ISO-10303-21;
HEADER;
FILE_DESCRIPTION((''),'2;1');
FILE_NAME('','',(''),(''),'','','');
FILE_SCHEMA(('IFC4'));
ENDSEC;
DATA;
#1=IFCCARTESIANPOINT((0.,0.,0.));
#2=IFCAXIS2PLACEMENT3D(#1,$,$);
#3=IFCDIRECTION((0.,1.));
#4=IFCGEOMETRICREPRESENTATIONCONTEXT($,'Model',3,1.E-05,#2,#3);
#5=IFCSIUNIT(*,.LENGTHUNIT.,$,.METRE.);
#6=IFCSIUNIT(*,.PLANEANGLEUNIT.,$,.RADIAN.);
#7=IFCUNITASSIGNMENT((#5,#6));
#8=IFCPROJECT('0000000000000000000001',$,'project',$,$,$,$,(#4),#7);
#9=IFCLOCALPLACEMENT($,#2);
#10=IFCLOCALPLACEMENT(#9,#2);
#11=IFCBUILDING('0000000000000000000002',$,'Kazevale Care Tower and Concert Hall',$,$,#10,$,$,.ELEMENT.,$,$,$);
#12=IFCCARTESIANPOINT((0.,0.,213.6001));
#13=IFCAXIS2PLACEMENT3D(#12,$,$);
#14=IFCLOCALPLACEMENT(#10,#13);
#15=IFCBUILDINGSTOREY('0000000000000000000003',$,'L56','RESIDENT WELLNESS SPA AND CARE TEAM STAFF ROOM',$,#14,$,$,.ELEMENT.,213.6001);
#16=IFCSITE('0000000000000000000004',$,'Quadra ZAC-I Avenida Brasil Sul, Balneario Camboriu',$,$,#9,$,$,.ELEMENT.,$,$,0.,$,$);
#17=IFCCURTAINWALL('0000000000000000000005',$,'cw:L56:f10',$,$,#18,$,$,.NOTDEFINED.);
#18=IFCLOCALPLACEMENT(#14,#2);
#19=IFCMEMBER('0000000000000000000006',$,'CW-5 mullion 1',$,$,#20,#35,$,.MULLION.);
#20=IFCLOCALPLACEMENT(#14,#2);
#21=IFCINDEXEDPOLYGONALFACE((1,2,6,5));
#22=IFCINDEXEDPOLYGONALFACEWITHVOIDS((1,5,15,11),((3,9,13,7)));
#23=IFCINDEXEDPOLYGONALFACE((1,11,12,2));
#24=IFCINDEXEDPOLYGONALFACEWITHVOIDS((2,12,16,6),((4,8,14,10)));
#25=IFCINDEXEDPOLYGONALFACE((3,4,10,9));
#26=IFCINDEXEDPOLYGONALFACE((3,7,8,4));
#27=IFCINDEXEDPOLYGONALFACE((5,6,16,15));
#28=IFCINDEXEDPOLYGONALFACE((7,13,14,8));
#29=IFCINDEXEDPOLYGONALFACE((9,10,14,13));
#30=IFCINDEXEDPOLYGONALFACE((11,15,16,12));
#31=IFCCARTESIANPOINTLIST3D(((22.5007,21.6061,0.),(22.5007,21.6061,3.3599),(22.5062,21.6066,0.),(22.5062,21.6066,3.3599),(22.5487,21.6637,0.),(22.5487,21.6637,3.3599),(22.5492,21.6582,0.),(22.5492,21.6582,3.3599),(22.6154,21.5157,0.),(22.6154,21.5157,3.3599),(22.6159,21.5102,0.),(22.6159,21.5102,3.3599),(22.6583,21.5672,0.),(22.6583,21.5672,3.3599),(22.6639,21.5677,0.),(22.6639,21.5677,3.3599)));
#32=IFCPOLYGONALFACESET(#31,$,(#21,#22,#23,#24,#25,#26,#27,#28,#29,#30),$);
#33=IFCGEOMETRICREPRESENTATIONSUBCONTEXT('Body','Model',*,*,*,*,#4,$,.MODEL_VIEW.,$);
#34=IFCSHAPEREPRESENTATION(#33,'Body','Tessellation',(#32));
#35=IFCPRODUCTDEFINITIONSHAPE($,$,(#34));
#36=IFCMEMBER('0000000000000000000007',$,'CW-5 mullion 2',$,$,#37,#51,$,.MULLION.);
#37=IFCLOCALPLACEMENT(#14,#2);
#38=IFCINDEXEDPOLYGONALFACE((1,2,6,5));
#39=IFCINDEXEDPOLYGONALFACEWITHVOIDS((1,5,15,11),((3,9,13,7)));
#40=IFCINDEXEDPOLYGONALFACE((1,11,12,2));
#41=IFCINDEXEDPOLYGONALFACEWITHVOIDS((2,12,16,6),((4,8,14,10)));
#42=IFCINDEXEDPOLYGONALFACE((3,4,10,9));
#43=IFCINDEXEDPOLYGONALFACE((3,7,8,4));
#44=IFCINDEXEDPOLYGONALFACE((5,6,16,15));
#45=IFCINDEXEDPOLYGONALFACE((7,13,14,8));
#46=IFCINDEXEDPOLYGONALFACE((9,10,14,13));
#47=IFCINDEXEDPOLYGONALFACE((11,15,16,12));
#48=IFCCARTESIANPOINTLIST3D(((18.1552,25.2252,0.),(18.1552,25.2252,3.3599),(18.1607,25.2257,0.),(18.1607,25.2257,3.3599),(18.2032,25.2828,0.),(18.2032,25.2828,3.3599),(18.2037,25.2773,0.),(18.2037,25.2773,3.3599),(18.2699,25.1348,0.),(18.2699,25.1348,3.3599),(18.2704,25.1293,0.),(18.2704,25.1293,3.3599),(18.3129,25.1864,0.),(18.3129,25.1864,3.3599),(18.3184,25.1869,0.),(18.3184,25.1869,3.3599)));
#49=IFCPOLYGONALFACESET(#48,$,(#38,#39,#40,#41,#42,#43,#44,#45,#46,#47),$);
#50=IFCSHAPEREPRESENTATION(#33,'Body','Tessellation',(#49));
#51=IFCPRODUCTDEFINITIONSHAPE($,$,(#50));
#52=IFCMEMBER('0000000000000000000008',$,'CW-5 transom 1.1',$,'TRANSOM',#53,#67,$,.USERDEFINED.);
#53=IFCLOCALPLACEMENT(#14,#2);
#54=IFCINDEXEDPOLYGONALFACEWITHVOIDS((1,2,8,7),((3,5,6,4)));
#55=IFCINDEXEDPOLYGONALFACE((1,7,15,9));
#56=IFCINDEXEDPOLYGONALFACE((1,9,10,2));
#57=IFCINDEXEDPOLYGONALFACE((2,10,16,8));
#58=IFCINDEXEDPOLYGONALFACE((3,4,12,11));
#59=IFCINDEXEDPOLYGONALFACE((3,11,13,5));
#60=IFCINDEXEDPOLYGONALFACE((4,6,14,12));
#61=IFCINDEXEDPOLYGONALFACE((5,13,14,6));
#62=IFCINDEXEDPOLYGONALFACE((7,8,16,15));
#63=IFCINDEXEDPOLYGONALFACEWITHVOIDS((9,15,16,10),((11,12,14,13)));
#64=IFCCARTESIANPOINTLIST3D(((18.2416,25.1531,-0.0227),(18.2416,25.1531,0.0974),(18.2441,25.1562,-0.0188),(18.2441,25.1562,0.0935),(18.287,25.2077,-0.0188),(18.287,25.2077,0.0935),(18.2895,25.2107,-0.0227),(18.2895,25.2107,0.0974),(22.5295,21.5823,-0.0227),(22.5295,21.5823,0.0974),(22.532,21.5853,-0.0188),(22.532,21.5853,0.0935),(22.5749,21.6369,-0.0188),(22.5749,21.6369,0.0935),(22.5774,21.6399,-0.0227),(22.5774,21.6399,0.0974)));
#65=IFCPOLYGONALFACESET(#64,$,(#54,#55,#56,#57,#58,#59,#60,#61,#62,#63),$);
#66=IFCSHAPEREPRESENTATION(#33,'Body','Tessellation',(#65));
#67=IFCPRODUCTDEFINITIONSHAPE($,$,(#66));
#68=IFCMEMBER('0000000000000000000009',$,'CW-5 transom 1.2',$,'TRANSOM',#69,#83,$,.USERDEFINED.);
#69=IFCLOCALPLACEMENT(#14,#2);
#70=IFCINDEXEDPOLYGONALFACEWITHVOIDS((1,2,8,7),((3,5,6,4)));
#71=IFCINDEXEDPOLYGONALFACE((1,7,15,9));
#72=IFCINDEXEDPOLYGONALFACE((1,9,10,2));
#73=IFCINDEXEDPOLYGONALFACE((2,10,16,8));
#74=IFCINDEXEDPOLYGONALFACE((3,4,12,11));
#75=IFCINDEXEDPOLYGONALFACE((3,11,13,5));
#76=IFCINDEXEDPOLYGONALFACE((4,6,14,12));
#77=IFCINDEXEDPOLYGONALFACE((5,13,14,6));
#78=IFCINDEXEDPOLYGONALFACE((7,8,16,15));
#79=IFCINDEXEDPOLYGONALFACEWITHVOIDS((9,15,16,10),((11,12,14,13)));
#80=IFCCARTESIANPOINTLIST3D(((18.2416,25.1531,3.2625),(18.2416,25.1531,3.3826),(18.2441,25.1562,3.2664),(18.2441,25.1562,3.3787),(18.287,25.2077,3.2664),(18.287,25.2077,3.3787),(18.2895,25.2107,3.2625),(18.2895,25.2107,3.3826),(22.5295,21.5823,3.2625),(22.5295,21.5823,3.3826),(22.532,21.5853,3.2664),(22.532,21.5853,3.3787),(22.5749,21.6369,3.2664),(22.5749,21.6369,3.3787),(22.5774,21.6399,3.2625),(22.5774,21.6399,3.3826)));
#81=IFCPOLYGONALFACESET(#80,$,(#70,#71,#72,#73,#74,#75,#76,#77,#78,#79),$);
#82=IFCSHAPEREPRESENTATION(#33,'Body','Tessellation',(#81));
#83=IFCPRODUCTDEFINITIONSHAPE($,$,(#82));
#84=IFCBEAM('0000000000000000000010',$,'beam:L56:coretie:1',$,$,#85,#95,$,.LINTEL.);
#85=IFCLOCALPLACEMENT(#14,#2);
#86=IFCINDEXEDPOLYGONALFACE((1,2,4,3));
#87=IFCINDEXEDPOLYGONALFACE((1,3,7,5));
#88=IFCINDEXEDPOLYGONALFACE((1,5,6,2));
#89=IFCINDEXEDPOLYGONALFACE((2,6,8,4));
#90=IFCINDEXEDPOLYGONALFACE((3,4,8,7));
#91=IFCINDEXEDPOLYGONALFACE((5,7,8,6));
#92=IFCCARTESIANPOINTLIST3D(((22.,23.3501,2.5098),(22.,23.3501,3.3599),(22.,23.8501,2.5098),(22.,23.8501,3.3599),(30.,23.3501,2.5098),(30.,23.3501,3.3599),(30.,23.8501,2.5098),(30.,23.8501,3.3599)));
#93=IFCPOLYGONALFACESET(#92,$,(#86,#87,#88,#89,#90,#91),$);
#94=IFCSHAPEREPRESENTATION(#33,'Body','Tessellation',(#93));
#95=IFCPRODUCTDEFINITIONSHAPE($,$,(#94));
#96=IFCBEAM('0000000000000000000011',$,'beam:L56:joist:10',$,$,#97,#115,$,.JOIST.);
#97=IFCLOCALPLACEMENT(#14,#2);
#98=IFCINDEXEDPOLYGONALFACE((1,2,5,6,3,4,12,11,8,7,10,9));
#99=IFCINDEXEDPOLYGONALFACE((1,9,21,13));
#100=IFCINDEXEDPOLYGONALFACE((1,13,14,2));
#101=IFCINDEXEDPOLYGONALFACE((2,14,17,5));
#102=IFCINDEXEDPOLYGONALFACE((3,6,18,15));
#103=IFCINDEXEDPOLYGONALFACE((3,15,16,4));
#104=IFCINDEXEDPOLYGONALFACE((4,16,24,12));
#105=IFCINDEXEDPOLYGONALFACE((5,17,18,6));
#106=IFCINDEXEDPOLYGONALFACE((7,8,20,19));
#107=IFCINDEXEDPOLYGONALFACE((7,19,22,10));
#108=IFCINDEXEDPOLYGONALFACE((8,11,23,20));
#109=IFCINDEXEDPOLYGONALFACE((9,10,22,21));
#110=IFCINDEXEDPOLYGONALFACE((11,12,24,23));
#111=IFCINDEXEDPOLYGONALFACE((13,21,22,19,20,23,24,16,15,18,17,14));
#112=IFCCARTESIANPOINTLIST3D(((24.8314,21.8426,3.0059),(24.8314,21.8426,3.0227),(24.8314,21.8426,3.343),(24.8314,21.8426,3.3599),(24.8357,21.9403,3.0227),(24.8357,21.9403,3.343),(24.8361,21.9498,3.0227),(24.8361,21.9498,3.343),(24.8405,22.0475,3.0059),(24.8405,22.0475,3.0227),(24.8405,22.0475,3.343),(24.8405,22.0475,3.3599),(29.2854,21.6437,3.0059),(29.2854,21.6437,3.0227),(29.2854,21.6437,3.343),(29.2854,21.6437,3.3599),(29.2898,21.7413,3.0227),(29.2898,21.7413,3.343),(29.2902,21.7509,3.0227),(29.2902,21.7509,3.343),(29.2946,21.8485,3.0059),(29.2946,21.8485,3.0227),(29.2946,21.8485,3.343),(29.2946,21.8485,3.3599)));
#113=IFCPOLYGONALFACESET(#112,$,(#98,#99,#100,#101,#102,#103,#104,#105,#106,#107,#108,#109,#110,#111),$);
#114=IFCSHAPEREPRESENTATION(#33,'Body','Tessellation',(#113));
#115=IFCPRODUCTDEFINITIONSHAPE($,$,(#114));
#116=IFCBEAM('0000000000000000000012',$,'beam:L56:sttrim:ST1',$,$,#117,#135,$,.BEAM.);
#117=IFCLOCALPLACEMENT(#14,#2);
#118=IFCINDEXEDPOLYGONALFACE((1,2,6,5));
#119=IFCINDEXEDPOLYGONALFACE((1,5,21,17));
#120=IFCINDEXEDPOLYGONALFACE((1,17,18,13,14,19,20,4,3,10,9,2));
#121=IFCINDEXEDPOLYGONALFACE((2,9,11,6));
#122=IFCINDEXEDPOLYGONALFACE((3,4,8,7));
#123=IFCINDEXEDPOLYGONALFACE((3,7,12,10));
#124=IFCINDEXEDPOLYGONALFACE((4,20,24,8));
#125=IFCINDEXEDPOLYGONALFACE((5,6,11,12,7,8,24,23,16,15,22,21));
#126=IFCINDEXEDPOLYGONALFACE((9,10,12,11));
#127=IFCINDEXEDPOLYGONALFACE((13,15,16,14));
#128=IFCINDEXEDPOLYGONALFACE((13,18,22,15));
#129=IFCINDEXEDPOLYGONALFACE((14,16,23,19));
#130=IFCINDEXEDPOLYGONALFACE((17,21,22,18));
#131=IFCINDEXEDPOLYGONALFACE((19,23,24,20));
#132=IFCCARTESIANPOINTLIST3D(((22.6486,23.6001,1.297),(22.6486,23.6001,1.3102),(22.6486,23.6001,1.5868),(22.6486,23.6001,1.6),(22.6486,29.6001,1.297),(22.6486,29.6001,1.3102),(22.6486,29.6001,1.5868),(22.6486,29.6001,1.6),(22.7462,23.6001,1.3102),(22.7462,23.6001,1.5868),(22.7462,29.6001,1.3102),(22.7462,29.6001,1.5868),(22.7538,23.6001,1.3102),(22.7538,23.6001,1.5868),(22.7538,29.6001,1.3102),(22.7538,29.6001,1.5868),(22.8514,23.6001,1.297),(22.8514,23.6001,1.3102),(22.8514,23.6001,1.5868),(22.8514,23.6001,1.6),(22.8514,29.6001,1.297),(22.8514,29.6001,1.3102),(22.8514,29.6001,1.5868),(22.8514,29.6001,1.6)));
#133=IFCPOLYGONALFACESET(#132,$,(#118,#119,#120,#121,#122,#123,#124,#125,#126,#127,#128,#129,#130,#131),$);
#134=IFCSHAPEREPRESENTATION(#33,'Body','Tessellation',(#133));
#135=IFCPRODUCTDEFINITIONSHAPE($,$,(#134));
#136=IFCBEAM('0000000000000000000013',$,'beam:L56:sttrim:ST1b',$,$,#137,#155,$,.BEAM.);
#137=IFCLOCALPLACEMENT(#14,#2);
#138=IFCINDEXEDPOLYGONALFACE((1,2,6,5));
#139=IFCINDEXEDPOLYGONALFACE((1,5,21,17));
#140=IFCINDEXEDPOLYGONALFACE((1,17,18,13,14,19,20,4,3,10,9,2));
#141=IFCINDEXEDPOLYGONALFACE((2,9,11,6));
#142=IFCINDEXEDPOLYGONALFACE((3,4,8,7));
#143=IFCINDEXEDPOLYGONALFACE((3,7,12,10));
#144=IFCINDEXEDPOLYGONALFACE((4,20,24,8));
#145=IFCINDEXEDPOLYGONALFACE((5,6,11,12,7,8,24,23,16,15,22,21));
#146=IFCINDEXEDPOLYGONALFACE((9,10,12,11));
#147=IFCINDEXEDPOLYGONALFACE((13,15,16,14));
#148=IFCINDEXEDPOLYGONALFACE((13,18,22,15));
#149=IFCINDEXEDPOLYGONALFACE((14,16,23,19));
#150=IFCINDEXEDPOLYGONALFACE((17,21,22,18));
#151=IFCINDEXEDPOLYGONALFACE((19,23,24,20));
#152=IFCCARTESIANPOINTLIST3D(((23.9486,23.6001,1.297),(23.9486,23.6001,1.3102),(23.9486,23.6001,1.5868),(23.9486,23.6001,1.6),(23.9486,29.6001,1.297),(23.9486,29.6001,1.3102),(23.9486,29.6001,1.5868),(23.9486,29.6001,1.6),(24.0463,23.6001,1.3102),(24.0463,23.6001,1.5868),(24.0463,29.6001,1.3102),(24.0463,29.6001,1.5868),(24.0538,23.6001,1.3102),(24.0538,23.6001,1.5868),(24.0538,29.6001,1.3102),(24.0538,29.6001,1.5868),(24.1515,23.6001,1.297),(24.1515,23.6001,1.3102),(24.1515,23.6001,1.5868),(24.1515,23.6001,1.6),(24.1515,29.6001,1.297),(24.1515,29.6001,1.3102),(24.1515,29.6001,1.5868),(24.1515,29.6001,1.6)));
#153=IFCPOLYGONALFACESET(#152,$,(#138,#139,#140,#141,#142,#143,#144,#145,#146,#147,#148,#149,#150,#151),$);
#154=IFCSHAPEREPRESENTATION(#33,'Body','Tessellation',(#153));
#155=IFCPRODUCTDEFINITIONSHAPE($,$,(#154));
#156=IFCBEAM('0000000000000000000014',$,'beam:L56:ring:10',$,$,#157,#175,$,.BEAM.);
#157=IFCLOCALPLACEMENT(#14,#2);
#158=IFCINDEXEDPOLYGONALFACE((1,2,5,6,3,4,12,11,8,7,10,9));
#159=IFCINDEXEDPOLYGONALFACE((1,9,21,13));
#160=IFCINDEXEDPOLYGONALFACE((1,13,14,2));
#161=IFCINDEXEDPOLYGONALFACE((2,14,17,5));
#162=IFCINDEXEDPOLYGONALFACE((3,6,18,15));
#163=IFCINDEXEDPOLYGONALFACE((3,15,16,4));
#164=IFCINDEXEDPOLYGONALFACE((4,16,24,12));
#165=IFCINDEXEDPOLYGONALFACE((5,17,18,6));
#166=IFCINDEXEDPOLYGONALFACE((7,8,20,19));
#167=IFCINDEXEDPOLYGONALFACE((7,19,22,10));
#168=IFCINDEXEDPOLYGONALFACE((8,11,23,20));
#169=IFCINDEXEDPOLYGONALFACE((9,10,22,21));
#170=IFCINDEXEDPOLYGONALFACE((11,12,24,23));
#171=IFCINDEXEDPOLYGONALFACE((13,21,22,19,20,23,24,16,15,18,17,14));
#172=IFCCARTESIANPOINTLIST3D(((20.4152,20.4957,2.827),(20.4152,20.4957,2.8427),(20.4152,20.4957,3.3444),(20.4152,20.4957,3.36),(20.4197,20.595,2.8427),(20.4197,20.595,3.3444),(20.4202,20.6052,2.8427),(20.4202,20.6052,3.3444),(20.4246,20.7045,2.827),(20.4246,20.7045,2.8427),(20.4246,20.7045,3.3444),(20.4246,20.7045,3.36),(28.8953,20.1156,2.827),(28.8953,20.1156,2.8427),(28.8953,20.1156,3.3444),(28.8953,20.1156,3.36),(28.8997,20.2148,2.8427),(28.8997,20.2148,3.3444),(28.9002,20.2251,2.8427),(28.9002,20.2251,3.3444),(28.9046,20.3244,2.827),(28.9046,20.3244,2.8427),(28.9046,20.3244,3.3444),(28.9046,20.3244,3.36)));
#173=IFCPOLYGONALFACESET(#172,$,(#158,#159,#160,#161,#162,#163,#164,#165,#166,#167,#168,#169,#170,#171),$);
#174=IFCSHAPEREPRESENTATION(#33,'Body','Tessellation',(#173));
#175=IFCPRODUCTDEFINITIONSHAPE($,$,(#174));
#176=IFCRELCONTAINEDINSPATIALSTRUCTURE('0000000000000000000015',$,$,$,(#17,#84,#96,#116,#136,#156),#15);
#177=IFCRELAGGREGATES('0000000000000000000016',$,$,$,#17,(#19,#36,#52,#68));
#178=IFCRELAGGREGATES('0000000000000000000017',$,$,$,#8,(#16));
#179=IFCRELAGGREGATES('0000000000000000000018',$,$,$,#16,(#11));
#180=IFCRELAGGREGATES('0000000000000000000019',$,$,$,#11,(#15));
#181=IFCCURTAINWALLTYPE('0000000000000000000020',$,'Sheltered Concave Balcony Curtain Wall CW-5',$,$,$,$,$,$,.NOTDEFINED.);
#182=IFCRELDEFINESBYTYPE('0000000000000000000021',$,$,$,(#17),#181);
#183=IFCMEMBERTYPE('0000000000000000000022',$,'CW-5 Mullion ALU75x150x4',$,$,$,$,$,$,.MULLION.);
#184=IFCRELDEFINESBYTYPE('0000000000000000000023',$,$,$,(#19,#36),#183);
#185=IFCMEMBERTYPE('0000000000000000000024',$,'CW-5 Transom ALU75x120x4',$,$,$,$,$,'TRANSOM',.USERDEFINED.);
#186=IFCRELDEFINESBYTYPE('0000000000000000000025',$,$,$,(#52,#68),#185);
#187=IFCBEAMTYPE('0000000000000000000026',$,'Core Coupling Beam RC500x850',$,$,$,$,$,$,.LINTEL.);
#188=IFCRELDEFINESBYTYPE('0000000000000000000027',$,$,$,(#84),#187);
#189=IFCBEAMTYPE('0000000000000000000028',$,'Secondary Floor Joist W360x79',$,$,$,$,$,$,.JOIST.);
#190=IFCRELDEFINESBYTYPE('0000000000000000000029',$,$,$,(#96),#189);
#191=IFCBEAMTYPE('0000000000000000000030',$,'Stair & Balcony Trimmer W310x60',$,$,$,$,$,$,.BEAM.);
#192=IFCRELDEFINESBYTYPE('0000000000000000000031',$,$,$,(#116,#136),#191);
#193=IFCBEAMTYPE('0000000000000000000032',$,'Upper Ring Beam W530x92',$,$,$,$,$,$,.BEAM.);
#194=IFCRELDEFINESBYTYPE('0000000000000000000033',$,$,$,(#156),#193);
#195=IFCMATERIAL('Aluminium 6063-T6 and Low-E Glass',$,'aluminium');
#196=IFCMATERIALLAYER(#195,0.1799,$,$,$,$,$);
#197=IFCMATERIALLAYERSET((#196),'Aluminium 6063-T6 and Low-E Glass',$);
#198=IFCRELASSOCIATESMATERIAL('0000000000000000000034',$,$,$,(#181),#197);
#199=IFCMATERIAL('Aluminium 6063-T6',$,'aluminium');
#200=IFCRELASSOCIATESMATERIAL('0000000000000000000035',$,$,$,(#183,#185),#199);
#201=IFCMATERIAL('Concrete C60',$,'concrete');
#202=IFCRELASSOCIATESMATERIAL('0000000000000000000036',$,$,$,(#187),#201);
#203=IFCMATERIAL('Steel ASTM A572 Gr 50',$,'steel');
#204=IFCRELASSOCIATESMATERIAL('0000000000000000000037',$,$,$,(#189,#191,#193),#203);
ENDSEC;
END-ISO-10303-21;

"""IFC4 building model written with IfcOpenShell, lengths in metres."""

from ifc_helpers import new_model, si_unit, direction, frame, origin, origin_2d, place, context, subcontext, project, spatial, rectangle, hollow_rectangle, i_section, extrude, material, layer, layer_set, material_profile, profile_set, type_object, element, aggregate, save


model = new_model("IFC4")

# Units and contexts
model_context = context("Model", 3, precision=1e-05, world=origin(), true_north=direction((0.0, 1.0)))
body_context = subcontext(model_context, "Body", "Model", "MODEL_VIEW")
ifc_project = project(units=[si_unit("LENGTHUNIT", "METRE"), si_unit("PLANEANGLEUNIT", "RADIAN")], contexts=[model_context])

# Site, building, storey
site_placement = place(None, origin())
site = spatial("IfcSite", under=ifc_project, at=site_placement, Name="Quadra ZAC-I Avenida Brasil Sul, Balneario Camboriu", CompositionType="ELEMENT", RefElevation=0.0)
building_placement = place(site_placement, origin())
building = spatial("IfcBuilding", under=site, at=building_placement, Name="Kazevale Care Tower and Concert Hall", CompositionType="ELEMENT")
storey_placement = place(building_placement, frame((0.0, 0.0, 213.6001)))
storey = spatial("IfcBuildingStorey", under=building, at=storey_placement, Name="L56", Description="RESIDENT WELLNESS SPA AND CARE TEAM STAFF ROOM", CompositionType="ELEMENT", Elevation=213.6001)

# Shared definitions
ifc_material_1 = material(Name="Aluminium 6063-T6 and Low-E Glass", Category="aluminium")
ifc_material_2 = material(Name="Aluminium 6063-T6", Category="aluminium")

# Shared definitions
ifc_layer_1 = layer(ifc_material_1, 0.1799)
ifc_layer_set_1 = layer_set([ifc_layer_1], Name="Aluminium 6063-T6 and Low-E Glass")
curtain_wall_type_1 = type_object("IfcCurtainWallType", Name="Sheltered Concave Balcony Curtain Wall CW-5", PredefinedType="NOTDEFINED", material=ifc_layer_set_1)
ifc_material_profile_1 = material_profile(ifc_material_2, hollow_rectangle(XDim=0.075, YDim=0.1499, WallThickness=0.0039, at=origin_2d()), Name="ALU75x150x4")
ifc_profile_set_1 = profile_set([ifc_material_profile_1], Name="Aluminium 6063-T6")
member_type_1 = type_object("IfcMemberType", Name="CW-5 Mullion ALU75x150x4", PredefinedType="MULLION", material=ifc_profile_set_1)

# Curtain wall, members
curtain_wall_1_placement = place(storey_placement, origin())
curtain_wall_1 = element("IfcCurtainWall", 1, at=curtain_wall_1_placement, inside=storey, type_object=curtain_wall_type_1, Name="cw:L56:f10", PredefinedType="NOTDEFINED")
member_1_placement = place(storey_placement, frame((22.5823, 21.5869, 0.0), z_axis=(0.0, 0.0, 1.0), x_axis=(-0.639961, -0.768407, 0.0)))
member_1 = element("IfcMember", 2, at=member_1_placement, type_object=member_type_1, Name="CW-5 mullion 1", PredefinedType="MULLION", context=body_context, shape_type="SweptSolid", body=[
    extrude(hollow_rectangle(XDim=0.075, YDim=0.1499, WallThickness=0.0039, at=origin_2d()), origin(), (0.0, 0.0, 1.0), 3.3599),
])
member_2_placement = place(storey_placement, frame((18.2368, 25.2061, 0.0), z_axis=(0.0, 0.0, 1.0), x_axis=(-0.639961, -0.768407, 0.0)))
member_2 = element("IfcMember", 3, at=member_2_placement, type_object=member_type_1, Name="CW-5 mullion 2", PredefinedType="MULLION", context=body_context, shape_type="SweptSolid", body=[
    extrude(hollow_rectangle(XDim=0.075, YDim=0.1499, WallThickness=0.0039, at=origin_2d()), origin(), (0.0, 0.0, 1.0), 3.3599),
])
ifc_material_profile_2 = material_profile(ifc_material_2, hollow_rectangle(XDim=0.075, YDim=0.1201, WallThickness=0.0039, at=origin_2d()), Name="ALU75x120x4")
ifc_profile_set_2 = profile_set([ifc_material_profile_2], Name="Aluminium 6063-T6")
member_type_2 = type_object("IfcMemberType", Name="CW-5 Transom ALU75x120x4", ElementType="TRANSOM", PredefinedType="USERDEFINED", material=ifc_profile_set_2)
member_3_placement = place(storey_placement, frame((22.5535, 21.6111, 0.0374), z_axis=(-0.768433, 0.63993, 0.0), x_axis=(-0.63993, -0.768433, 0.0)))
member_3 = element("IfcMember", 4, at=member_3_placement, type_object=member_type_2, Name="CW-5 transom 1.1", ObjectType="TRANSOM", PredefinedType="USERDEFINED", context=body_context, shape_type="SweptSolid", body=[
    extrude(hollow_rectangle(XDim=0.075, YDim=0.1201, WallThickness=0.0039, at=origin_2d()), origin(), (0.0, 0.0, 1.0), 5.5801),
])
member_4_placement = place(storey_placement, frame((22.5535, 21.6111, 3.3225), z_axis=(-0.768433, 0.63993, 0.0), x_axis=(-0.63993, -0.768433, 0.0)))
member_4 = element("IfcMember", 5, at=member_4_placement, type_object=member_type_2, Name="CW-5 transom 1.2", ObjectType="TRANSOM", PredefinedType="USERDEFINED", context=body_context, shape_type="SweptSolid", body=[
    extrude(hollow_rectangle(XDim=0.075, YDim=0.1201, WallThickness=0.0039, at=origin_2d()), origin(), (0.0, 0.0, 1.0), 5.5801),
])

# Beams
ifc_material_3 = material(Name="Concrete C60", Category="concrete")
ifc_material_profile_3 = material_profile(ifc_material_3, rectangle(XDim=0.5, YDim=0.8501, at=origin_2d()), Name="RC-B500x850")
ifc_profile_set_3 = profile_set([ifc_material_profile_3], Name="Concrete C60")
beam_type_1 = type_object("IfcBeamType", Name="Core Coupling Beam RC500x850", PredefinedType="LINTEL", material=ifc_profile_set_3)
beam_1_placement = place(storey_placement, frame((22.0, 23.6001, 2.9348), z_axis=(1.0, 0.0, 0.0), x_axis=(0.0, 1.0, 0.0)))
element("IfcBeam", 6, at=beam_1_placement, inside=storey, type_object=beam_type_1, Name="beam:L56:coretie:1", PredefinedType="LINTEL", context=body_context, shape_type="SweptSolid", body=[
    extrude(rectangle(XDim=0.5, YDim=0.8501, at=origin_2d()), origin(), (0.0, 0.0, 1.0), 8.0),
])
ifc_material_4 = material(Name="Steel ASTM A572 Gr 50", Category="steel")
ifc_material_profile_4 = material_profile(ifc_material_4, i_section(OverallWidth=0.2051, OverallDepth=0.354, WebThickness=0.0095, FlangeThickness=0.0168, at=origin_2d()), Name="W360x79")
ifc_profile_set_4 = profile_set([ifc_material_profile_4], Name="Steel ASTM A572 Gr 50")
beam_type_2 = type_object("IfcBeamType", Name="Secondary Floor Joist W360x79", PredefinedType="JOIST", material=ifc_profile_set_4)
beam_2_placement = place(storey_placement, frame((24.8359, 21.9451, 3.1829), z_axis=(0.999004, -0.044628, 0.0), x_axis=(0.044628, 0.999004, 0.0)))
element("IfcBeam", 7, at=beam_2_placement, inside=storey, type_object=beam_type_2, Name="beam:L56:joist:10", PredefinedType="JOIST", context=body_context, shape_type="SweptSolid", body=[
    extrude(i_section(OverallWidth=0.2051, OverallDepth=0.354, WebThickness=0.0095, FlangeThickness=0.0168, at=origin_2d()), origin(), (0.0, 0.0, 1.0), 4.4585),
])
ifc_material_profile_5 = material_profile(ifc_material_4, i_section(OverallWidth=0.2029, OverallDepth=0.303, WebThickness=0.0076, FlangeThickness=0.0132, at=origin_2d()), Name="W310x60")
ifc_profile_set_5 = profile_set([ifc_material_profile_5], Name="Steel ASTM A572 Gr 50")
beam_type_3 = type_object("IfcBeamType", Name="Stair & Balcony Trimmer W310x60", PredefinedType="BEAM", material=ifc_profile_set_5)
for number, where, z_axis, x_axis, name in (
    (8, (22.75, 23.6001, 1.4485), (0.0, 1.0, 0.0), (-1.0, 0.0, 0.0), "beam:L56:sttrim:ST1"),
    (9, (24.05, 23.6001, 1.4485), (0.0, 1.0, 0.0), (-1.0, 0.0, 0.0), "beam:L56:sttrim:ST1b"),
):
    element("IfcBeam", number, at=place(storey_placement, frame(where, z_axis=z_axis, x_axis=x_axis)), inside=storey, type_object=beam_type_3, Name=name, PredefinedType="BEAM", context=body_context, shape_type="SweptSolid", body=[
        extrude(i_section(OverallWidth=0.2029, OverallDepth=0.303, WebThickness=0.0076, FlangeThickness=0.0132, at=origin_2d()), origin(), (0.0, 0.0, 1.0), 6.0),
    ])
ifc_material_profile_6 = material_profile(ifc_material_4, i_section(OverallWidth=0.209, OverallDepth=0.533, WebThickness=0.0103, FlangeThickness=0.0156, at=origin_2d()), Name="W530x92")
ifc_profile_set_6 = profile_set([ifc_material_profile_6], Name="Steel ASTM A572 Gr 50")
beam_type_4 = type_object("IfcBeamType", Name="Upper Ring Beam W530x92", PredefinedType="BEAM", material=ifc_profile_set_6)
beam_3_placement = place(storey_placement, frame((20.4199, 20.6001, 3.0935), z_axis=(0.998997, -0.044781, 0.0), x_axis=(0.044781, 0.998997, 0.0)))
element("IfcBeam", 10, at=beam_3_placement, inside=storey, type_object=beam_type_4, Name="beam:L56:ring:10", PredefinedType="BEAM", context=body_context, shape_type="SweptSolid", body=[
    extrude(i_section(OverallWidth=0.209, OverallDepth=0.533, WebThickness=0.0103, FlangeThickness=0.0156, at=origin_2d()), origin(), (0.0, 0.0, 1.0), 8.4885),
])

aggregate(curtain_wall_1, [member_1, member_2, member_3, member_4])

save(model, "model.ifc")
